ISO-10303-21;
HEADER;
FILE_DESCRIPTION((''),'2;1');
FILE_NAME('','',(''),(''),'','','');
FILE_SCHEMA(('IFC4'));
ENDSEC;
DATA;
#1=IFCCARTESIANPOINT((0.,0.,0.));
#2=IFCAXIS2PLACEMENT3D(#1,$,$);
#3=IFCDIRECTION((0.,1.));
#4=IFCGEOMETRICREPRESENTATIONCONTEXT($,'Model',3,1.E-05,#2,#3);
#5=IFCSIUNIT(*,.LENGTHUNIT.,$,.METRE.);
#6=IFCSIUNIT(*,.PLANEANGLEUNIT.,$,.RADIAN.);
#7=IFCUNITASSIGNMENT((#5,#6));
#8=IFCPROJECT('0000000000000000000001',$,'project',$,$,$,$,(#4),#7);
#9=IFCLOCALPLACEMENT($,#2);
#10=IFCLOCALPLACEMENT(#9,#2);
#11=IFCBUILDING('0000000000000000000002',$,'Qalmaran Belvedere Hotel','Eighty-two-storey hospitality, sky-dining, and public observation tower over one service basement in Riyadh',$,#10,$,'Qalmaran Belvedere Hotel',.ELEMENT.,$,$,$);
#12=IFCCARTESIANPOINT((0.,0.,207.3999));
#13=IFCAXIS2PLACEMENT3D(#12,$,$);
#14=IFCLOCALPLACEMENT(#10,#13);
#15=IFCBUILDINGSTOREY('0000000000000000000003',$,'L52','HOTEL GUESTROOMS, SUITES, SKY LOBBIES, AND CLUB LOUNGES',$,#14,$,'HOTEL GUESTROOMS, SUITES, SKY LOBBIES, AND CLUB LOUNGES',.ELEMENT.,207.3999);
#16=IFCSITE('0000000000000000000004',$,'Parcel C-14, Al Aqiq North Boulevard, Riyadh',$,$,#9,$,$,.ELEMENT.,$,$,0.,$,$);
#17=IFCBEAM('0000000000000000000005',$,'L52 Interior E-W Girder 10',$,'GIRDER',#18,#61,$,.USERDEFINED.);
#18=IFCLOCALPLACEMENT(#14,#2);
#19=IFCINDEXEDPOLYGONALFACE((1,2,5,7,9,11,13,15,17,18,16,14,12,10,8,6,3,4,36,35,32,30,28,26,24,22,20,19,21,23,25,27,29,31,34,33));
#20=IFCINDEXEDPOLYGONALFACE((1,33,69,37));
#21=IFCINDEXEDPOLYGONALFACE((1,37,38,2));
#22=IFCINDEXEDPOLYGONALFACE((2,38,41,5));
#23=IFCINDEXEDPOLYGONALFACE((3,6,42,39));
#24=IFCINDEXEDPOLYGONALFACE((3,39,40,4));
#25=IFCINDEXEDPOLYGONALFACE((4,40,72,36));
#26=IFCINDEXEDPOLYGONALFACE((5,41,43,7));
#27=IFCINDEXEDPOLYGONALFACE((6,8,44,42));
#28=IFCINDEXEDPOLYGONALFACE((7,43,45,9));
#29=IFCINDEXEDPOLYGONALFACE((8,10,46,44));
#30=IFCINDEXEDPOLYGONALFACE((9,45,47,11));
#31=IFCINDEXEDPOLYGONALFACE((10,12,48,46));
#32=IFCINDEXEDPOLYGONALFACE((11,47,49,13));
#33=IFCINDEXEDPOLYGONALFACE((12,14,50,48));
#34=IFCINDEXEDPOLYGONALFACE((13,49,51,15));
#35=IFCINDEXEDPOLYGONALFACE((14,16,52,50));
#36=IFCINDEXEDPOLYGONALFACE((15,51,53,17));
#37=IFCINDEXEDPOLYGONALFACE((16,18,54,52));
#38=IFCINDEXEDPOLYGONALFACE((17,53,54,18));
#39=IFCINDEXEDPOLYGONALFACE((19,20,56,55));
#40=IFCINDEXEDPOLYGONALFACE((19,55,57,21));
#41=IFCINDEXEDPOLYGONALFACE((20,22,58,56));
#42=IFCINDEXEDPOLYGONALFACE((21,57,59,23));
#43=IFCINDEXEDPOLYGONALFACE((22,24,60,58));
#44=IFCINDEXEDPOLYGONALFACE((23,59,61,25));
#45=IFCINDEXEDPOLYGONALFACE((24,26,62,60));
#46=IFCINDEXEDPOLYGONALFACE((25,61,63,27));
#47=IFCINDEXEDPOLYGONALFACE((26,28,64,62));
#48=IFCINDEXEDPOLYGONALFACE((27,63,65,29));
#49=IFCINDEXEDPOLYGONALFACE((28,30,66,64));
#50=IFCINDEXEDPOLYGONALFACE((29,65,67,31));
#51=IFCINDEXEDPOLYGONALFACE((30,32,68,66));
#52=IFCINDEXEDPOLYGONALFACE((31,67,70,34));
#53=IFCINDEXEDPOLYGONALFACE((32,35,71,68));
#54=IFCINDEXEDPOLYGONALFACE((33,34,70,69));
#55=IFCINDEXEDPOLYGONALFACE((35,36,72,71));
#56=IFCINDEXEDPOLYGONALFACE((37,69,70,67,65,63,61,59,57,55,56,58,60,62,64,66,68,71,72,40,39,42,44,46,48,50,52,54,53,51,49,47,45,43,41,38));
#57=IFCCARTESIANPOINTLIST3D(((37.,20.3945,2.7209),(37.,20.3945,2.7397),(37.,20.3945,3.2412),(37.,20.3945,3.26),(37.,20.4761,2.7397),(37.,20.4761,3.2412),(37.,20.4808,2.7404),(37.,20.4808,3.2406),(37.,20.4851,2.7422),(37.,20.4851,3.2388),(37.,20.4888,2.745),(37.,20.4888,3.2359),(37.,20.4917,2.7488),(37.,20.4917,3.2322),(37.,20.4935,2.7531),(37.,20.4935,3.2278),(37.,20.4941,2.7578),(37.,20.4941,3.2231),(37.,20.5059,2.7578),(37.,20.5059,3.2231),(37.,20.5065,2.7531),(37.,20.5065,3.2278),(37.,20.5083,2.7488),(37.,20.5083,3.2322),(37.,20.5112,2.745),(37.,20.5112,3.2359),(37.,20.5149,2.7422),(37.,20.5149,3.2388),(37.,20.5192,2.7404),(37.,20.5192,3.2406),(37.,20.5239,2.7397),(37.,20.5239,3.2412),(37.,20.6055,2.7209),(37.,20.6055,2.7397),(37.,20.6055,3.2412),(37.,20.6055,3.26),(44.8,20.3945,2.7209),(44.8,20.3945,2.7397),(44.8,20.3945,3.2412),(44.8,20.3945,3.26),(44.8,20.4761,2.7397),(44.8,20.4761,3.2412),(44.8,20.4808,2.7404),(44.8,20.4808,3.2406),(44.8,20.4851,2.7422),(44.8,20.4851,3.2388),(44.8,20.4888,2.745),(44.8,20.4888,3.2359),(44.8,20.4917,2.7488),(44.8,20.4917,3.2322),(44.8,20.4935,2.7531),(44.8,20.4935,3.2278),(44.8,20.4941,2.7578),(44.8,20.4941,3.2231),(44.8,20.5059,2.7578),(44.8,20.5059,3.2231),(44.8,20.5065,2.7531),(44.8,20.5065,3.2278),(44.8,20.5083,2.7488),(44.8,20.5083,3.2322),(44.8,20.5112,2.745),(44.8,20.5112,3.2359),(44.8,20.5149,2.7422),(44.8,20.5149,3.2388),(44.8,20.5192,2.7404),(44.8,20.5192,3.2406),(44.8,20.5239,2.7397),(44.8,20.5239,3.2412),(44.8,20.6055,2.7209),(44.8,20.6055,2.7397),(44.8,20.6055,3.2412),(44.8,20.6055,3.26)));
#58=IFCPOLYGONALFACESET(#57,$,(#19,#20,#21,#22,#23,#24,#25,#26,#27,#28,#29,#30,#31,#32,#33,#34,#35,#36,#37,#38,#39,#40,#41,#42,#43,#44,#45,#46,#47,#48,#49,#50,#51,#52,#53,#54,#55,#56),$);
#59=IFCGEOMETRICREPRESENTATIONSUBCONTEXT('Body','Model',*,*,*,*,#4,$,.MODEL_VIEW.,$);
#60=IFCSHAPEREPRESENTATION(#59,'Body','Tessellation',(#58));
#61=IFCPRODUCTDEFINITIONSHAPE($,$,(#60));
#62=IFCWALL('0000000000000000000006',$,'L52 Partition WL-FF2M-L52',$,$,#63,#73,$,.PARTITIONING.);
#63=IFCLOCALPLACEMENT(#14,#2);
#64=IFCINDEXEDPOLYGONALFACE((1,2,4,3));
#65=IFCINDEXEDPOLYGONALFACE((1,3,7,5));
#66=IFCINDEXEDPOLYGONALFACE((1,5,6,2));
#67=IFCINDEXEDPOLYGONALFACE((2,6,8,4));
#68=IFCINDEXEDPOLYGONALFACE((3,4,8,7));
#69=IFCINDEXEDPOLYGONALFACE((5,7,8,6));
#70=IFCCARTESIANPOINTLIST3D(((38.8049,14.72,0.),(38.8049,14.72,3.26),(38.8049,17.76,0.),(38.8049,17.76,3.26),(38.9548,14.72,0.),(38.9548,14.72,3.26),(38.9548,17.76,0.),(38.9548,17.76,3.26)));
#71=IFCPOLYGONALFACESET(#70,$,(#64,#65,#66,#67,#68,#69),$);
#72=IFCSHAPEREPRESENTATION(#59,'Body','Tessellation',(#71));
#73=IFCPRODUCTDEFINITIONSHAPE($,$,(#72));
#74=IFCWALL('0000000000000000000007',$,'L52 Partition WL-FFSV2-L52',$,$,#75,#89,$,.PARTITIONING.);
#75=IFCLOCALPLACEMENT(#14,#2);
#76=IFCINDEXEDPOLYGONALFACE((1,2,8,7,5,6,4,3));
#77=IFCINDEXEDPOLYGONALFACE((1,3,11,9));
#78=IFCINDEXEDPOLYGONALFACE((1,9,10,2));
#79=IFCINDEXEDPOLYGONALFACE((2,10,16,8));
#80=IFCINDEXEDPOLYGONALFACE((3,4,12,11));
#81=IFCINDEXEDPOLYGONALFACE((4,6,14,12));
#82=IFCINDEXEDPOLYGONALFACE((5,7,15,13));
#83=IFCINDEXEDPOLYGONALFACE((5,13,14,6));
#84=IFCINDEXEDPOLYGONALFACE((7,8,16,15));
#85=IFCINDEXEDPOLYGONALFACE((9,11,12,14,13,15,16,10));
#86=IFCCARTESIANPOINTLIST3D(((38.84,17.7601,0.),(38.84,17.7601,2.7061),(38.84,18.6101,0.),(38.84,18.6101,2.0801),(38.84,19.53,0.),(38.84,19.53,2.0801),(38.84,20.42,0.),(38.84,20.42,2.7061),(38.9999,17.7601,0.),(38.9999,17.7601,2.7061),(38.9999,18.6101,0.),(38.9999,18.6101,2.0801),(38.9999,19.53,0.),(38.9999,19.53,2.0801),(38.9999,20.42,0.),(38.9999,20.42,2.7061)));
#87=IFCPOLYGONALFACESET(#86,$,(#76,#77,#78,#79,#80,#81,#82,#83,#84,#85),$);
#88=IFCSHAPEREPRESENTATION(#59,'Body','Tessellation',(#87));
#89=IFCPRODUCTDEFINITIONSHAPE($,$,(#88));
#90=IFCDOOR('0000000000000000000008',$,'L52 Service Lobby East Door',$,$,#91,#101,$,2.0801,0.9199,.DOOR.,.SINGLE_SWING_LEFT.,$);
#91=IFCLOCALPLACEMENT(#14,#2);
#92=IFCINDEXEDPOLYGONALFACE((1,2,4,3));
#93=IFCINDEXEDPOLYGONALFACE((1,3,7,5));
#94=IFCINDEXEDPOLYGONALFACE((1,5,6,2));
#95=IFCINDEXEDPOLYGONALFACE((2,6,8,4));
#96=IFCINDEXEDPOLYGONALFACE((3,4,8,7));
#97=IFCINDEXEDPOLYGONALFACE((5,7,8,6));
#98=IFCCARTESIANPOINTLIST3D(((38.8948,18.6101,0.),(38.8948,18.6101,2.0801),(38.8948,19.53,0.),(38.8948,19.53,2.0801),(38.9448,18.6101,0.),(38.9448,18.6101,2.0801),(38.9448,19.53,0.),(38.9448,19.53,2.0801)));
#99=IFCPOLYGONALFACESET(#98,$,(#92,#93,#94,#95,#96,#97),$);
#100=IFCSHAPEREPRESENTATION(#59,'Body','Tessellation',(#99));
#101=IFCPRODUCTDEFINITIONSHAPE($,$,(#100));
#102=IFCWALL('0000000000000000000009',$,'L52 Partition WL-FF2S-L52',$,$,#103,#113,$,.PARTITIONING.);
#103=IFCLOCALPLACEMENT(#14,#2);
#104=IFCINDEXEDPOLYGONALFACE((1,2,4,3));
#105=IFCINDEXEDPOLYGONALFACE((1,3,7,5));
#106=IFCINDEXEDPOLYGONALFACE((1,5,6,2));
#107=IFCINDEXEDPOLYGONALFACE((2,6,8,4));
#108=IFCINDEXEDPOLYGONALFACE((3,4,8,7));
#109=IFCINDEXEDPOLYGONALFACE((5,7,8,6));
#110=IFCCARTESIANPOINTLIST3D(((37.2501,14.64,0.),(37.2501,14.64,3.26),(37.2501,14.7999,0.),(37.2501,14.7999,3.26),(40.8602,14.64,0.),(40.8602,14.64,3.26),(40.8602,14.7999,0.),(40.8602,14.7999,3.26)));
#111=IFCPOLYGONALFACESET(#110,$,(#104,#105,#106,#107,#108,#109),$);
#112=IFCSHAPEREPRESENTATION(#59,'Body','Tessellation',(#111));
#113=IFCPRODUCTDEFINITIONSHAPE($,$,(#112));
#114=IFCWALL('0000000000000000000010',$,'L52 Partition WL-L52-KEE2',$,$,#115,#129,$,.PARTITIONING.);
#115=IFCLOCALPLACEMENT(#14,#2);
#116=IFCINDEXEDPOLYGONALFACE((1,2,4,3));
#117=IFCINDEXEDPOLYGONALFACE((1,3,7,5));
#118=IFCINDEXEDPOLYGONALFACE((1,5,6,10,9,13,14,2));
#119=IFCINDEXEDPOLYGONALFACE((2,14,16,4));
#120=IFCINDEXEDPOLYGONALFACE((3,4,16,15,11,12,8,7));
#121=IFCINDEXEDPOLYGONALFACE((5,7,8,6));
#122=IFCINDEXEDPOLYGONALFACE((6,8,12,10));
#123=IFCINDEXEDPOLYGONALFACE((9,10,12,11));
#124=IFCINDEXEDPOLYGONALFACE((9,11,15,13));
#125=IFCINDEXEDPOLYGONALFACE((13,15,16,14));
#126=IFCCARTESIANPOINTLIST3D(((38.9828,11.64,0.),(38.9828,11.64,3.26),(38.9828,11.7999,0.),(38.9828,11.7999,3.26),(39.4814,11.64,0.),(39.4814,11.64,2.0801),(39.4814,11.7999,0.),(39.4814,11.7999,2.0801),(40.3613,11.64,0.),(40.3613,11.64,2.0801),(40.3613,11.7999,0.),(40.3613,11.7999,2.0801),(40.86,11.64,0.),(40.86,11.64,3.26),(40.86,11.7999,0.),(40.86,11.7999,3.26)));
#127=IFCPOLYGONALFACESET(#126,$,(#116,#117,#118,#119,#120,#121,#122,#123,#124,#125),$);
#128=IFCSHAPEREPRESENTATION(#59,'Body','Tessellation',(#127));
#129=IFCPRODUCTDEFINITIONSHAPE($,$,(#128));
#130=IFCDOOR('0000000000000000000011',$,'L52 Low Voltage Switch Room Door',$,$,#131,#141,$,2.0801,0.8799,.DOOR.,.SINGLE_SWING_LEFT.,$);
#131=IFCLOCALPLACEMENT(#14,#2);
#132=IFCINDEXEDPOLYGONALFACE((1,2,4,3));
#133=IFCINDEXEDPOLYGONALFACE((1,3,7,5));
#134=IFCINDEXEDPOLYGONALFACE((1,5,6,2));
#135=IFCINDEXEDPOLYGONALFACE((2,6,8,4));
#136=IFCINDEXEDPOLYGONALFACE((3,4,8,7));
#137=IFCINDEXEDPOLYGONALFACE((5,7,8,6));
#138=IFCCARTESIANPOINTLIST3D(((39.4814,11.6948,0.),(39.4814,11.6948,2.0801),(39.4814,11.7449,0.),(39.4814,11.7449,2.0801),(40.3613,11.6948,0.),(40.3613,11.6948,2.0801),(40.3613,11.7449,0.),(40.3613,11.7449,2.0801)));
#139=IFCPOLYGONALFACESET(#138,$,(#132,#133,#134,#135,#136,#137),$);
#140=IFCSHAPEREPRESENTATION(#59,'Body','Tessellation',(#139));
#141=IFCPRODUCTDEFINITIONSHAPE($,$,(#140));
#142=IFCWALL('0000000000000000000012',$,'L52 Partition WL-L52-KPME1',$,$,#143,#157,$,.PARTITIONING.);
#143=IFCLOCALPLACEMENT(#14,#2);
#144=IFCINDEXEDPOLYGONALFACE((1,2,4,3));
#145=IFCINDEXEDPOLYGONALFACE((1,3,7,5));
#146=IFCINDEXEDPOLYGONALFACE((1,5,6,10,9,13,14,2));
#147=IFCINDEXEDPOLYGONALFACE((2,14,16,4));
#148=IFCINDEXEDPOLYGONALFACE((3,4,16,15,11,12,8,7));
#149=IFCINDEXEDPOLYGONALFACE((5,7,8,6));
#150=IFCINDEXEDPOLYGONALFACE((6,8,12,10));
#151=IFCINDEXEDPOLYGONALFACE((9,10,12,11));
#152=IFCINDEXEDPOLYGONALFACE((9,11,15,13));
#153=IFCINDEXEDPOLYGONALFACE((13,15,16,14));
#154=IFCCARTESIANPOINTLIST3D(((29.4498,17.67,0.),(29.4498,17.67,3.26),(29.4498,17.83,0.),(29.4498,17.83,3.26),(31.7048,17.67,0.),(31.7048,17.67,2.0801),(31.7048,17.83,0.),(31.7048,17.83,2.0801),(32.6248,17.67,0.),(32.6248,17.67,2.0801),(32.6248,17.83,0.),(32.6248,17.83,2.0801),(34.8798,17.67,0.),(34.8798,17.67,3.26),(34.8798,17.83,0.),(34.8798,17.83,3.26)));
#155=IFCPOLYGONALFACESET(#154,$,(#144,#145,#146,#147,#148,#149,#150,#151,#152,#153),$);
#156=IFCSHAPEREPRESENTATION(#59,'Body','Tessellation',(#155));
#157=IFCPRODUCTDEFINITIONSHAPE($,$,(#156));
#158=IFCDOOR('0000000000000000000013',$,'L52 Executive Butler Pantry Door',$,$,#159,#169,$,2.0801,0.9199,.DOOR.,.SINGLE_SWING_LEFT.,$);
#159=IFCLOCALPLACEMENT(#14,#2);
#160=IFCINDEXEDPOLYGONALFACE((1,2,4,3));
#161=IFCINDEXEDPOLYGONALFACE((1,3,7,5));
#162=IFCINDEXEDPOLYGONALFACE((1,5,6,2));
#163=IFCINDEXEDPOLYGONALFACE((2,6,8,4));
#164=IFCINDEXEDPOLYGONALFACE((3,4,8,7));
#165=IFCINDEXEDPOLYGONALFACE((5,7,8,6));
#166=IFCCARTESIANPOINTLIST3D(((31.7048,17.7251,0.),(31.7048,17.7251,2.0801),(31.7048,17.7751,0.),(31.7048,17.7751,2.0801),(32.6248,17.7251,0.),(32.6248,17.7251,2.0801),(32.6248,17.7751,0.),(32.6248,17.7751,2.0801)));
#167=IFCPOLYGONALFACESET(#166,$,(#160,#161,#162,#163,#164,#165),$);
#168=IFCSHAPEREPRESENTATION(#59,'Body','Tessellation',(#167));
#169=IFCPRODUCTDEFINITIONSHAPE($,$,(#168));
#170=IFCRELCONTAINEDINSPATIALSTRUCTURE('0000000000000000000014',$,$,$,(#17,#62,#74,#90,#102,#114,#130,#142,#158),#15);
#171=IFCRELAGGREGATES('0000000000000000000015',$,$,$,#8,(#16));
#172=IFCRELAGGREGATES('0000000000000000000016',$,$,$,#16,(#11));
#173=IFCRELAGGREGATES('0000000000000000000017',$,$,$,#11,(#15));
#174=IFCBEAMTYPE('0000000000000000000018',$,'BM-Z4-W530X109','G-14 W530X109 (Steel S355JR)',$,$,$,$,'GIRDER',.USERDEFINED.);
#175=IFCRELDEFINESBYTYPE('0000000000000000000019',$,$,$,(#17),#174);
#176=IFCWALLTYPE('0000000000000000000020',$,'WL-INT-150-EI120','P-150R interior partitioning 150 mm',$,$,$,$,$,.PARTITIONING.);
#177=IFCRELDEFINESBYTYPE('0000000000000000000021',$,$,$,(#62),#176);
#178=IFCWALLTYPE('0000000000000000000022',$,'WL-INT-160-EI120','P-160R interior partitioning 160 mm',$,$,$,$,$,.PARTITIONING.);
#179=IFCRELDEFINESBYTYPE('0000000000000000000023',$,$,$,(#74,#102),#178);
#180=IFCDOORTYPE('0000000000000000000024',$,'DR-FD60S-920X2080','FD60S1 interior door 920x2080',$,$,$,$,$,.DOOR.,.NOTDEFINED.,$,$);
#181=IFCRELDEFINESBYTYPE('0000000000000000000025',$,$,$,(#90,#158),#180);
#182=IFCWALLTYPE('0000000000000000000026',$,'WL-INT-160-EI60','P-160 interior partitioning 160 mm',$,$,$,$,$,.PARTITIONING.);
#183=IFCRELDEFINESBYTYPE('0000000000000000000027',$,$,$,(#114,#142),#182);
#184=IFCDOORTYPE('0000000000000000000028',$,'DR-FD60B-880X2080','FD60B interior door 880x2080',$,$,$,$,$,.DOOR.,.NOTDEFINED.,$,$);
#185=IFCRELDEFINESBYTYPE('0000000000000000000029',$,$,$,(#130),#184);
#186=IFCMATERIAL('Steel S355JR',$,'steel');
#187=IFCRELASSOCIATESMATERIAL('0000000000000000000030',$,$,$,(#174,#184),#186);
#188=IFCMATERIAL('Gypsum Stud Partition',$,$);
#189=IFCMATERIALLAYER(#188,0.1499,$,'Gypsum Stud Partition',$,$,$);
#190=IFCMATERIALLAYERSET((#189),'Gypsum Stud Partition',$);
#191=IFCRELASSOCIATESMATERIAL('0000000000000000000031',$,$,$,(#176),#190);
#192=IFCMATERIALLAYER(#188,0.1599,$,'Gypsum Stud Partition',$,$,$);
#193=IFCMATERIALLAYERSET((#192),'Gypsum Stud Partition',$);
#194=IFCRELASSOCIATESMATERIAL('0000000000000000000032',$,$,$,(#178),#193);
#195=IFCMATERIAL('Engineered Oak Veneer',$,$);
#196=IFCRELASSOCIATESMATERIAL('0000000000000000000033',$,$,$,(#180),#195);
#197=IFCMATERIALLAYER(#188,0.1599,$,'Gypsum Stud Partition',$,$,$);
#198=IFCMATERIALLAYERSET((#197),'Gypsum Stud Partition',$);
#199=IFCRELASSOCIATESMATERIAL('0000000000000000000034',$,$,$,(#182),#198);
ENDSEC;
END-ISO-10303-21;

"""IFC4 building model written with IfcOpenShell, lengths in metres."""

from ifc_helpers import new_model, si_unit, direction, frame, frame_2d, origin, origin_2d, place, context, subcontext, project, spatial, rectangle, i_section, extrude, material, layer, layer_set, material_profile, profile_set, type_object, element, fill, save


model = new_model("IFC4")

# Units and contexts
model_context = context("Model", 3, precision=1e-05, world=origin(), true_north=direction((0.0, 1.0)))
body_context = subcontext(model_context, "Body", "Model", "MODEL_VIEW")
ifc_project = project(units=[si_unit("LENGTHUNIT", "METRE"), si_unit("PLANEANGLEUNIT", "RADIAN")], contexts=[model_context])

# Site, building, storey
site_placement = place(None, origin())
site = spatial("IfcSite", under=ifc_project, at=site_placement, Name="Parcel C-14, Al Aqiq North Boulevard, Riyadh", CompositionType="ELEMENT", RefElevation=0.0)
building_placement = place(site_placement, origin())
building = spatial("IfcBuilding", under=site, at=building_placement, Name="Qalmaran Belvedere Hotel", Description="Eighty-two-storey hospitality, sky-dining, and public observation tower over one service basement in Riyadh", LongName="Qalmaran Belvedere Hotel", CompositionType="ELEMENT")
storey_placement = place(building_placement, frame((0.0, 0.0, 207.3999)))
storey = spatial("IfcBuildingStorey", under=building, at=storey_placement, Name="L52", Description="HOTEL GUESTROOMS, SUITES, SKY LOBBIES, AND CLUB LOUNGES", LongName="HOTEL GUESTROOMS, SUITES, SKY LOBBIES, AND CLUB LOUNGES", CompositionType="ELEMENT", Elevation=207.3999)

# Beam
ifc_material_1 = material(Name="Steel S355JR", Category="steel")
ifc_material_profile_1 = material_profile(ifc_material_1, i_section(OverallWidth=0.2109, OverallDepth=0.5391, WebThickness=0.0117, FlangeThickness=0.0188, FilletRadius=0.0181, at=origin_2d()), Name="W530X109")
ifc_profile_set_1 = profile_set([ifc_material_profile_1], Name="Steel S355JR")
beam_type_1 = type_object("IfcBeamType", Name="BM-Z4-W530X109", Description="G-14 W530X109 (Steel S355JR)", ElementType="GIRDER", PredefinedType="USERDEFINED", material=ifc_profile_set_1)
for number, where, z_axis, x_axis, name in (
    (1, (37.0, 20.5, 2.9905), (1.0, 0.0, 0.0), (0.0, 1.0, 0.0), "L52 Interior E-W Girder 10"),
):
    element("IfcBeam", number, at=place(storey_placement, frame(where, z_axis=z_axis, x_axis=x_axis)), inside=storey, type_object=beam_type_1, Name=name, ObjectType="GIRDER", PredefinedType="USERDEFINED", context=body_context, shape_type="SweptSolid", body=[
        extrude(i_section(OverallWidth=0.2109, OverallDepth=0.5391, WebThickness=0.0117, FlangeThickness=0.0188, FilletRadius=0.0181, at=origin_2d()), origin(), (0.0, 0.0, 1.0), 7.8),
    ])

# Wall
ifc_material_2 = material(Name="Gypsum Stud Partition")
ifc_layer_1 = layer(ifc_material_2, 0.1499, Name="Gypsum Stud Partition")
ifc_layer_set_1 = layer_set([ifc_layer_1], Name="Gypsum Stud Partition")
wall_type_1 = type_object("IfcWallType", Name="WL-INT-150-EI120", Description="P-150R interior partitioning 150 mm", PredefinedType="PARTITIONING", material=ifc_layer_set_1)
wall_1_placement = place(storey_placement, frame((38.8799, 14.72, 0.0), z_axis=(0.0, 0.0, 1.0), x_axis=(0.0, 1.0, 0.0)))
element("IfcWall", 2, at=wall_1_placement, inside=storey, type_object=wall_type_1, Name="L52 Partition WL-FF2M-L52", PredefinedType="PARTITIONING", context=body_context, shape_type="SweptSolid", body=[
    extrude(rectangle(XDim=3.04, YDim=0.1499, at=frame_2d((1.52, 0.0))), origin(), (0.0, 0.0, 1.0), 3.26),
])

# Wall, opening, door
ifc_layer_2 = layer(ifc_material_2, 0.1599, Name="Gypsum Stud Partition")
ifc_layer_set_2 = layer_set([ifc_layer_2], Name="Gypsum Stud Partition")
wall_type_2 = type_object("IfcWallType", Name="WL-INT-160-EI120", Description="P-160R interior partitioning 160 mm", PredefinedType="PARTITIONING", material=ifc_layer_set_2)
wall_2_placement = place(storey_placement, frame((38.9199, 17.76, 0.0), z_axis=(0.0, 0.0, 1.0), x_axis=(0.0, 1.0, 0.0)))
wall_2 = element("IfcWall", 3, at=wall_2_placement, inside=storey, type_object=wall_type_2, Name="L52 Partition WL-FFSV2-L52", PredefinedType="PARTITIONING", context=body_context, shape_type="SweptSolid", body=[
    extrude(rectangle(XDim=2.6599, YDim=0.1599, at=frame_2d((1.3301, 0.0))), origin(), (0.0, 0.0, 1.0), 2.7061),
])
opening_1_placement = place(wall_2_placement, frame((1.77, 0.0, 0.0), z_axis=(0.0, 0.0, 1.0), x_axis=(-1.0, 0.0, 0.0)))
opening_1 = element("IfcOpeningElement", 4, at=opening_1_placement, cuts=wall_2, PredefinedType="OPENING", context=body_context, shape_type="SweptSolid", body=[
    extrude(rectangle(XDim=0.9199, YDim=2.0801, at=frame_2d((0.46, 1.04))), frame((0.0, 0.0898, 0.0), z_axis=(0.0, -1.0, 0.0), x_axis=(1.0, 0.0, 0.0)), (0.0, 0.0, 1.0), 0.1799),
])
ifc_material_3 = material(Name="Engineered Oak Veneer")
door_type_1 = type_object("IfcDoorType", Name="DR-FD60S-920X2080", Description="FD60S1 interior door 920x2080", OperationType="NOTDEFINED", PredefinedType="DOOR", material=ifc_material_3)
door_1_placement = place(opening_1_placement, origin())
door_1 = element("IfcDoor", 5, at=door_1_placement, inside=storey, type_object=door_type_1, Name="L52 Service Lobby East Door", OperationType="SINGLE_SWING_LEFT", OverallHeight=2.0801, OverallWidth=0.9199, PredefinedType="DOOR", context=body_context, shape_type="SweptSolid", body=[
    extrude(rectangle(XDim=0.9199, YDim=2.0801, at=frame_2d((0.46, 1.04))), frame((0.0, 0.0249, 0.0), z_axis=(0.0, -1.0, 0.0), x_axis=(1.0, 0.0, 0.0)), (0.0, 0.0, 1.0), 0.05),
])
fill(opening_1, door_1)

# Wall
wall_3_placement = place(storey_placement, frame((37.25, 14.72, 0.0), z_axis=(0.0, 0.0, 1.0), x_axis=(1.0, 0.0, 0.0)))
element("IfcWall", 6, at=wall_3_placement, inside=storey, type_object=wall_type_2, Name="L52 Partition WL-FF2S-L52", PredefinedType="PARTITIONING", context=body_context, shape_type="SweptSolid", body=[
    extrude(rectangle(XDim=3.6101, YDim=0.1599, at=frame_2d((1.8052, 0.0))), origin(), (0.0, 0.0, 1.0), 3.26),
])

# Walls, openings, doors
ifc_layer_3 = layer(ifc_material_2, 0.1599, Name="Gypsum Stud Partition")
ifc_layer_set_3 = layer_set([ifc_layer_3], Name="Gypsum Stud Partition")
wall_type_3 = type_object("IfcWallType", Name="WL-INT-160-EI60", Description="P-160 interior partitioning 160 mm", PredefinedType="PARTITIONING", material=ifc_layer_set_3)
wall_4_placement = place(storey_placement, frame((38.9829, 11.72, 0.0), z_axis=(0.0, 0.0, 1.0), x_axis=(1.0, 0.0, 0.0)))
wall_4 = element("IfcWall", 7, at=wall_4_placement, inside=storey, type_object=wall_type_3, Name="L52 Partition WL-L52-KEE2", PredefinedType="PARTITIONING", context=body_context, shape_type="SweptSolid", body=[
    extrude(rectangle(XDim=1.8772, YDim=0.1599, at=frame_2d((0.9385, 0.0))), origin(), (0.0, 0.0, 1.0), 3.26),
])
opening_2_placement = place(wall_4_placement, frame((0.4985, 0.0, 0.0)))
opening_2 = element("IfcOpeningElement", 8, at=opening_2_placement, cuts=wall_4, PredefinedType="OPENING", context=body_context, shape_type="SweptSolid", body=[
    extrude(rectangle(XDim=0.8799, YDim=2.0801, at=frame_2d((0.4399, 1.04))), frame((0.0, 0.0898, 0.0), z_axis=(0.0, -1.0, 0.0), x_axis=(1.0, 0.0, 0.0)), (0.0, 0.0, 1.0), 0.1799),
])
door_type_2 = type_object("IfcDoorType", Name="DR-FD60B-880X2080", Description="FD60B interior door 880x2080", OperationType="NOTDEFINED", PredefinedType="DOOR", material=ifc_material_1)
door_2_placement = place(opening_2_placement, origin())
door_2 = element("IfcDoor", 9, at=door_2_placement, inside=storey, type_object=door_type_2, Name="L52 Low Voltage Switch Room Door", OperationType="SINGLE_SWING_LEFT", OverallHeight=2.0801, OverallWidth=0.8799, PredefinedType="DOOR", context=body_context, shape_type="SweptSolid", body=[
    extrude(rectangle(XDim=0.8799, YDim=2.0801, at=frame_2d((0.4399, 1.04))), frame((0.0, 0.0249, 0.0), z_axis=(0.0, -1.0, 0.0), x_axis=(1.0, 0.0, 0.0)), (0.0, 0.0, 1.0), 0.05),
])
fill(opening_2, door_2)
wall_5_placement = place(storey_placement, frame((29.45, 17.75, 0.0), z_axis=(0.0, 0.0, 1.0), x_axis=(1.0, 0.0, 0.0)))
wall_5 = element("IfcWall", 10, at=wall_5_placement, inside=storey, type_object=wall_type_3, Name="L52 Partition WL-L52-KPME1", PredefinedType="PARTITIONING", context=body_context, shape_type="SweptSolid", body=[
    extrude(rectangle(XDim=5.4299, YDim=0.1599, at=frame_2d((2.7148, 0.0))), origin(), (0.0, 0.0, 1.0), 3.26),
])
opening_3_placement = place(wall_5_placement, frame((3.1748, 0.0, 0.0), z_axis=(0.0, 0.0, 1.0), x_axis=(-1.0, 0.0, 0.0)))
opening_3 = element("IfcOpeningElement", 11, at=opening_3_placement, cuts=wall_5, PredefinedType="OPENING", context=body_context, shape_type="SweptSolid", body=[
    extrude(rectangle(XDim=0.9199, YDim=2.0801, at=frame_2d((0.46, 1.04))), frame((0.0, 0.0898, 0.0), z_axis=(0.0, -1.0, 0.0), x_axis=(1.0, 0.0, 0.0)), (0.0, 0.0, 1.0), 0.1799),
])
door_3_placement = place(opening_3_placement, origin())
door_3 = element("IfcDoor", 12, at=door_3_placement, inside=storey, type_object=door_type_1, Name="L52 Executive Butler Pantry Door", OperationType="SINGLE_SWING_LEFT", OverallHeight=2.0801, OverallWidth=0.9199, PredefinedType="DOOR", context=body_context, shape_type="SweptSolid", body=[
    extrude(rectangle(XDim=0.9199, YDim=2.0801, at=frame_2d((0.46, 1.04))), frame((0.0, 0.0249, 0.0), z_axis=(0.0, -1.0, 0.0), x_axis=(1.0, 0.0, 0.0)), (0.0, 0.0, 1.0), 0.05),
])
fill(opening_3, door_3)

save(model, "model.ifc")
